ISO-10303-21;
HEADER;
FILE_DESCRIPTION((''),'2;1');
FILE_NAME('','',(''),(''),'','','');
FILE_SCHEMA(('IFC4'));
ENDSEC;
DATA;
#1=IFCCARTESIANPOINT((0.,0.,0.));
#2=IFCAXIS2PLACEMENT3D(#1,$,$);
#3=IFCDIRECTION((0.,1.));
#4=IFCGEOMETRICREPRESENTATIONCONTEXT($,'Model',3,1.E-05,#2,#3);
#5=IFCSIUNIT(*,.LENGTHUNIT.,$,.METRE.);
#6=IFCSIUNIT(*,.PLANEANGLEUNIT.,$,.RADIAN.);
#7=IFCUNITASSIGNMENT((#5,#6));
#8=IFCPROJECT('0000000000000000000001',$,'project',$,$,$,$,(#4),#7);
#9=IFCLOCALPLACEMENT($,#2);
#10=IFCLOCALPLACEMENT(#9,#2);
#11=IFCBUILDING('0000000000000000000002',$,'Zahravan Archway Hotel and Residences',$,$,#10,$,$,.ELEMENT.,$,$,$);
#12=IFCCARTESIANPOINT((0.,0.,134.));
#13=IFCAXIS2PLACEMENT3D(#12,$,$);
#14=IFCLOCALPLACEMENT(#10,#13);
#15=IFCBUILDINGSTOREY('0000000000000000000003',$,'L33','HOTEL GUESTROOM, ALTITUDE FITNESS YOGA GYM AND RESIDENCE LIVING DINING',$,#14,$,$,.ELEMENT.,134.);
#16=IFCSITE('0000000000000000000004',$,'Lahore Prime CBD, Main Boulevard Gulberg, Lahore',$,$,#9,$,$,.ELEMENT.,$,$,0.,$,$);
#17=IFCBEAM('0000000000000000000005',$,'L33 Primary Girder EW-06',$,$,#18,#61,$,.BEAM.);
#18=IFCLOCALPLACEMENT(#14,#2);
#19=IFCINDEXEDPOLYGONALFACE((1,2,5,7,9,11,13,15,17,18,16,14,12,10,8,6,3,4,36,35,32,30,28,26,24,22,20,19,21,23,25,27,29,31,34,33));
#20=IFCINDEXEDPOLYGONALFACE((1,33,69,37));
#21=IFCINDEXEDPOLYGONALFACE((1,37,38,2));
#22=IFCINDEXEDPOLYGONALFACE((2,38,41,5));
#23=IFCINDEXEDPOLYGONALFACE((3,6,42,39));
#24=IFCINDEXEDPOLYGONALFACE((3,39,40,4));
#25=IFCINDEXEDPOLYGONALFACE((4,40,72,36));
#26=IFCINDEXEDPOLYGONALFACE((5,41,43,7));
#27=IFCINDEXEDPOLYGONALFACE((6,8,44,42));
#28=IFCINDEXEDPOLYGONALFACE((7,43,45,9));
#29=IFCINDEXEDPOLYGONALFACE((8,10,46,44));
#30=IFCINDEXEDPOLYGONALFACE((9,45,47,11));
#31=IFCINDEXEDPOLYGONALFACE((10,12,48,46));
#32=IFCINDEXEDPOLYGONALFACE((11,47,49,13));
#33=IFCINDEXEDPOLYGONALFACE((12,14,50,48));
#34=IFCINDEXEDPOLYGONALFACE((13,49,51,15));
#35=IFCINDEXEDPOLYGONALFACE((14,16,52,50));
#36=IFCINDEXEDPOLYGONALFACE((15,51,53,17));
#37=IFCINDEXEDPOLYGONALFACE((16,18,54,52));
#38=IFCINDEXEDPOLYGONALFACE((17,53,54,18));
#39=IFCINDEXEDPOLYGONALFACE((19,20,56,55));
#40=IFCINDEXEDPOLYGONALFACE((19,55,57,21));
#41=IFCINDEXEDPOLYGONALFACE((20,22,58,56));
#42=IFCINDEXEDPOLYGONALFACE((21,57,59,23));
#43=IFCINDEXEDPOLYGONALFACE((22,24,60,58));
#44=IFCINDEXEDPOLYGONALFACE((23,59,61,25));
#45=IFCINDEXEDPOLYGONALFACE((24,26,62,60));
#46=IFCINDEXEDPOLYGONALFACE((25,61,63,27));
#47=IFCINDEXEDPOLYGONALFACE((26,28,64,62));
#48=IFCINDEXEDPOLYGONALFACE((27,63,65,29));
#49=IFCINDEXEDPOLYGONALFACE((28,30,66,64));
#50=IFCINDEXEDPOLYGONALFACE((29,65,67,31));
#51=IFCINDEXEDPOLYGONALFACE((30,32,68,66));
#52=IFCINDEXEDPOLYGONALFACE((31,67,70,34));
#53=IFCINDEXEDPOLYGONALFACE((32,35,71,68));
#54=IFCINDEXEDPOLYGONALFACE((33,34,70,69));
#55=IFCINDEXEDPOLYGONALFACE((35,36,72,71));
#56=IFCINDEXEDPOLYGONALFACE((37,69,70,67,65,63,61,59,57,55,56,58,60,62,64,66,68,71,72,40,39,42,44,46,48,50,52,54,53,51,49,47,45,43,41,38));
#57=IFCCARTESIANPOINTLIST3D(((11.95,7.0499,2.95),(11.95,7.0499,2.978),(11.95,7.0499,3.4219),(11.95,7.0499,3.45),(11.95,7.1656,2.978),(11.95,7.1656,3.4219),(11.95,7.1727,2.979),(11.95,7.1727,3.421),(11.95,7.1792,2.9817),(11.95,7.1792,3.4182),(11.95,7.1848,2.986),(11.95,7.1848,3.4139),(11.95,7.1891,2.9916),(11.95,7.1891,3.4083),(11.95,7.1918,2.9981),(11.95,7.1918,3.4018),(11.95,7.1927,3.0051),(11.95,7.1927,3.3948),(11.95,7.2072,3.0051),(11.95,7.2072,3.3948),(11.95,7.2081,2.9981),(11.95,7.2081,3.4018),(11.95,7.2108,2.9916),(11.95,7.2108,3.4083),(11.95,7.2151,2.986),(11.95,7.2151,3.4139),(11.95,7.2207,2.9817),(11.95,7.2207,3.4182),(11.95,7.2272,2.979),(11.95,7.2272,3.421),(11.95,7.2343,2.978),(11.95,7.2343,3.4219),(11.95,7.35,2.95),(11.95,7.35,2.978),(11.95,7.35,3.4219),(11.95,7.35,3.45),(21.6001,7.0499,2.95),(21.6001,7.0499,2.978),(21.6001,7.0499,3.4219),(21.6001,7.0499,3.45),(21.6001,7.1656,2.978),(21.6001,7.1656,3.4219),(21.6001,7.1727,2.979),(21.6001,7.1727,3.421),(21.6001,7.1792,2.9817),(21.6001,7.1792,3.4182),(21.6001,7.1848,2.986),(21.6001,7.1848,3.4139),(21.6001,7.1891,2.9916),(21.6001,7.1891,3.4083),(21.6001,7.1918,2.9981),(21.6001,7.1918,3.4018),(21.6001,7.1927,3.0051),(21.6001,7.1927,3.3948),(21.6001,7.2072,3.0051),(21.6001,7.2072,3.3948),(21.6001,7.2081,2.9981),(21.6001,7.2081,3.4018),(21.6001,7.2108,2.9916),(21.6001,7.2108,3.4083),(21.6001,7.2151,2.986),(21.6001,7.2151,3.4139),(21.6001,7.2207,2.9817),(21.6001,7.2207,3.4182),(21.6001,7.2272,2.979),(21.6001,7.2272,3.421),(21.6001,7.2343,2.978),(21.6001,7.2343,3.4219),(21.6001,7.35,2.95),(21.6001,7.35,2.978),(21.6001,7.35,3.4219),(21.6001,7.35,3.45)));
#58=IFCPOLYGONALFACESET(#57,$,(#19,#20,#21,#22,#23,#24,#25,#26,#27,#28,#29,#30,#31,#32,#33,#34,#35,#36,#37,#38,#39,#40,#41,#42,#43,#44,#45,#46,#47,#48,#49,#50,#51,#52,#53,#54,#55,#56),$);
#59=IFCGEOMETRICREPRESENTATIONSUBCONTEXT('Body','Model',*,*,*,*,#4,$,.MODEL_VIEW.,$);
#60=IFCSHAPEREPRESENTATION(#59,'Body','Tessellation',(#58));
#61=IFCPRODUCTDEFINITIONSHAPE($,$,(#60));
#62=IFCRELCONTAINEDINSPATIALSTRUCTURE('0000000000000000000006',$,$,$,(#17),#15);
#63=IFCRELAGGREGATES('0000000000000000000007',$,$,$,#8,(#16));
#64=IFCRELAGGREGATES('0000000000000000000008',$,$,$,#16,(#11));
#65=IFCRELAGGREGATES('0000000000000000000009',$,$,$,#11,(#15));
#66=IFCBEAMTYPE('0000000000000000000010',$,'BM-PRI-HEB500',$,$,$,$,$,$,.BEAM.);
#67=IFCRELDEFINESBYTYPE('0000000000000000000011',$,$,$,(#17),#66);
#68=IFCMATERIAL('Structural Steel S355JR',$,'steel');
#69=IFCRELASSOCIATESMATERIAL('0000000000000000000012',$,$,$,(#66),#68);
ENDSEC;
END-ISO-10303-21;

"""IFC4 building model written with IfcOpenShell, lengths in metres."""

from ifc_helpers import new_model, si_unit, direction, frame, origin, origin_2d, place, context, subcontext, project, spatial, i_section, extrude, source, transform, mapped, material, material_profile, profile_set, type_object, element, save


model = new_model("IFC4")

# Units and contexts
model_context = context("Model", 3, precision=1e-05, world=origin(), true_north=direction((0.0, 1.0)))
body_context = subcontext(model_context, "Body", "Model", "MODEL_VIEW")
ifc_project = project(units=[si_unit("LENGTHUNIT", "METRE"), si_unit("PLANEANGLEUNIT", "RADIAN")], contexts=[model_context])

# Site, building, storey
site_placement = place(None, origin())
site = spatial("IfcSite", under=ifc_project, at=site_placement, Name="Lahore Prime CBD, Main Boulevard Gulberg, Lahore", CompositionType="ELEMENT", RefElevation=0.0)
building_placement = place(site_placement, origin())
building = spatial("IfcBuilding", under=site, at=building_placement, Name="Zahravan Archway Hotel and Residences", CompositionType="ELEMENT")
storey_placement = place(building_placement, frame((0.0, 0.0, 134.0)))
storey = spatial("IfcBuildingStorey", under=building, at=storey_placement, Name="L33", Description="HOTEL GUESTROOM, ALTITUDE FITNESS YOGA GYM AND RESIDENCE LIVING DINING", CompositionType="ELEMENT", Elevation=134.0)

# Beam
ifc_material_1 = material(Name="Structural Steel S355JR", Category="steel")
ifc_material_profile = material_profile(ifc_material_1, i_section(OverallWidth=0.3, OverallDepth=0.5, WebThickness=0.0144, FlangeThickness=0.0281, FilletRadius=0.0271, at=origin_2d()), Name="HEB 500", Category="steel")
ifc_profile_set = profile_set([ifc_material_profile], Name="Structural Steel S355JR")
beam_type = type_object("IfcBeamType", Name="BM-PRI-HEB500", PredefinedType="BEAM", material=ifc_profile_set)
shared_shape_1 = source(origin(), body_context, "Body", "SweptSolid", [
    extrude(i_section(OverallWidth=0.3, OverallDepth=0.5, WebThickness=0.0144, FlangeThickness=0.0281, FilletRadius=0.0271, at=origin_2d()), origin(), (0.0, 0.0, 1.0), 9.6501),
])
beam_placement = place(storey_placement, frame((11.95, 7.2, 3.2), z_axis=(1.0, 0.0, 0.0), x_axis=(0.0, 1.0, 0.0)))
element("IfcBeam", 1, at=beam_placement, inside=storey, type_object=beam_type, Name="L33 Primary Girder EW-06", PredefinedType="BEAM", context=body_context, shape_type="MappedRepresentation", body=[
    mapped(shared_shape_1, transform((0.0, 0.0, 0.0), scale=1.0)),
])

save(model, "model.ifc")
